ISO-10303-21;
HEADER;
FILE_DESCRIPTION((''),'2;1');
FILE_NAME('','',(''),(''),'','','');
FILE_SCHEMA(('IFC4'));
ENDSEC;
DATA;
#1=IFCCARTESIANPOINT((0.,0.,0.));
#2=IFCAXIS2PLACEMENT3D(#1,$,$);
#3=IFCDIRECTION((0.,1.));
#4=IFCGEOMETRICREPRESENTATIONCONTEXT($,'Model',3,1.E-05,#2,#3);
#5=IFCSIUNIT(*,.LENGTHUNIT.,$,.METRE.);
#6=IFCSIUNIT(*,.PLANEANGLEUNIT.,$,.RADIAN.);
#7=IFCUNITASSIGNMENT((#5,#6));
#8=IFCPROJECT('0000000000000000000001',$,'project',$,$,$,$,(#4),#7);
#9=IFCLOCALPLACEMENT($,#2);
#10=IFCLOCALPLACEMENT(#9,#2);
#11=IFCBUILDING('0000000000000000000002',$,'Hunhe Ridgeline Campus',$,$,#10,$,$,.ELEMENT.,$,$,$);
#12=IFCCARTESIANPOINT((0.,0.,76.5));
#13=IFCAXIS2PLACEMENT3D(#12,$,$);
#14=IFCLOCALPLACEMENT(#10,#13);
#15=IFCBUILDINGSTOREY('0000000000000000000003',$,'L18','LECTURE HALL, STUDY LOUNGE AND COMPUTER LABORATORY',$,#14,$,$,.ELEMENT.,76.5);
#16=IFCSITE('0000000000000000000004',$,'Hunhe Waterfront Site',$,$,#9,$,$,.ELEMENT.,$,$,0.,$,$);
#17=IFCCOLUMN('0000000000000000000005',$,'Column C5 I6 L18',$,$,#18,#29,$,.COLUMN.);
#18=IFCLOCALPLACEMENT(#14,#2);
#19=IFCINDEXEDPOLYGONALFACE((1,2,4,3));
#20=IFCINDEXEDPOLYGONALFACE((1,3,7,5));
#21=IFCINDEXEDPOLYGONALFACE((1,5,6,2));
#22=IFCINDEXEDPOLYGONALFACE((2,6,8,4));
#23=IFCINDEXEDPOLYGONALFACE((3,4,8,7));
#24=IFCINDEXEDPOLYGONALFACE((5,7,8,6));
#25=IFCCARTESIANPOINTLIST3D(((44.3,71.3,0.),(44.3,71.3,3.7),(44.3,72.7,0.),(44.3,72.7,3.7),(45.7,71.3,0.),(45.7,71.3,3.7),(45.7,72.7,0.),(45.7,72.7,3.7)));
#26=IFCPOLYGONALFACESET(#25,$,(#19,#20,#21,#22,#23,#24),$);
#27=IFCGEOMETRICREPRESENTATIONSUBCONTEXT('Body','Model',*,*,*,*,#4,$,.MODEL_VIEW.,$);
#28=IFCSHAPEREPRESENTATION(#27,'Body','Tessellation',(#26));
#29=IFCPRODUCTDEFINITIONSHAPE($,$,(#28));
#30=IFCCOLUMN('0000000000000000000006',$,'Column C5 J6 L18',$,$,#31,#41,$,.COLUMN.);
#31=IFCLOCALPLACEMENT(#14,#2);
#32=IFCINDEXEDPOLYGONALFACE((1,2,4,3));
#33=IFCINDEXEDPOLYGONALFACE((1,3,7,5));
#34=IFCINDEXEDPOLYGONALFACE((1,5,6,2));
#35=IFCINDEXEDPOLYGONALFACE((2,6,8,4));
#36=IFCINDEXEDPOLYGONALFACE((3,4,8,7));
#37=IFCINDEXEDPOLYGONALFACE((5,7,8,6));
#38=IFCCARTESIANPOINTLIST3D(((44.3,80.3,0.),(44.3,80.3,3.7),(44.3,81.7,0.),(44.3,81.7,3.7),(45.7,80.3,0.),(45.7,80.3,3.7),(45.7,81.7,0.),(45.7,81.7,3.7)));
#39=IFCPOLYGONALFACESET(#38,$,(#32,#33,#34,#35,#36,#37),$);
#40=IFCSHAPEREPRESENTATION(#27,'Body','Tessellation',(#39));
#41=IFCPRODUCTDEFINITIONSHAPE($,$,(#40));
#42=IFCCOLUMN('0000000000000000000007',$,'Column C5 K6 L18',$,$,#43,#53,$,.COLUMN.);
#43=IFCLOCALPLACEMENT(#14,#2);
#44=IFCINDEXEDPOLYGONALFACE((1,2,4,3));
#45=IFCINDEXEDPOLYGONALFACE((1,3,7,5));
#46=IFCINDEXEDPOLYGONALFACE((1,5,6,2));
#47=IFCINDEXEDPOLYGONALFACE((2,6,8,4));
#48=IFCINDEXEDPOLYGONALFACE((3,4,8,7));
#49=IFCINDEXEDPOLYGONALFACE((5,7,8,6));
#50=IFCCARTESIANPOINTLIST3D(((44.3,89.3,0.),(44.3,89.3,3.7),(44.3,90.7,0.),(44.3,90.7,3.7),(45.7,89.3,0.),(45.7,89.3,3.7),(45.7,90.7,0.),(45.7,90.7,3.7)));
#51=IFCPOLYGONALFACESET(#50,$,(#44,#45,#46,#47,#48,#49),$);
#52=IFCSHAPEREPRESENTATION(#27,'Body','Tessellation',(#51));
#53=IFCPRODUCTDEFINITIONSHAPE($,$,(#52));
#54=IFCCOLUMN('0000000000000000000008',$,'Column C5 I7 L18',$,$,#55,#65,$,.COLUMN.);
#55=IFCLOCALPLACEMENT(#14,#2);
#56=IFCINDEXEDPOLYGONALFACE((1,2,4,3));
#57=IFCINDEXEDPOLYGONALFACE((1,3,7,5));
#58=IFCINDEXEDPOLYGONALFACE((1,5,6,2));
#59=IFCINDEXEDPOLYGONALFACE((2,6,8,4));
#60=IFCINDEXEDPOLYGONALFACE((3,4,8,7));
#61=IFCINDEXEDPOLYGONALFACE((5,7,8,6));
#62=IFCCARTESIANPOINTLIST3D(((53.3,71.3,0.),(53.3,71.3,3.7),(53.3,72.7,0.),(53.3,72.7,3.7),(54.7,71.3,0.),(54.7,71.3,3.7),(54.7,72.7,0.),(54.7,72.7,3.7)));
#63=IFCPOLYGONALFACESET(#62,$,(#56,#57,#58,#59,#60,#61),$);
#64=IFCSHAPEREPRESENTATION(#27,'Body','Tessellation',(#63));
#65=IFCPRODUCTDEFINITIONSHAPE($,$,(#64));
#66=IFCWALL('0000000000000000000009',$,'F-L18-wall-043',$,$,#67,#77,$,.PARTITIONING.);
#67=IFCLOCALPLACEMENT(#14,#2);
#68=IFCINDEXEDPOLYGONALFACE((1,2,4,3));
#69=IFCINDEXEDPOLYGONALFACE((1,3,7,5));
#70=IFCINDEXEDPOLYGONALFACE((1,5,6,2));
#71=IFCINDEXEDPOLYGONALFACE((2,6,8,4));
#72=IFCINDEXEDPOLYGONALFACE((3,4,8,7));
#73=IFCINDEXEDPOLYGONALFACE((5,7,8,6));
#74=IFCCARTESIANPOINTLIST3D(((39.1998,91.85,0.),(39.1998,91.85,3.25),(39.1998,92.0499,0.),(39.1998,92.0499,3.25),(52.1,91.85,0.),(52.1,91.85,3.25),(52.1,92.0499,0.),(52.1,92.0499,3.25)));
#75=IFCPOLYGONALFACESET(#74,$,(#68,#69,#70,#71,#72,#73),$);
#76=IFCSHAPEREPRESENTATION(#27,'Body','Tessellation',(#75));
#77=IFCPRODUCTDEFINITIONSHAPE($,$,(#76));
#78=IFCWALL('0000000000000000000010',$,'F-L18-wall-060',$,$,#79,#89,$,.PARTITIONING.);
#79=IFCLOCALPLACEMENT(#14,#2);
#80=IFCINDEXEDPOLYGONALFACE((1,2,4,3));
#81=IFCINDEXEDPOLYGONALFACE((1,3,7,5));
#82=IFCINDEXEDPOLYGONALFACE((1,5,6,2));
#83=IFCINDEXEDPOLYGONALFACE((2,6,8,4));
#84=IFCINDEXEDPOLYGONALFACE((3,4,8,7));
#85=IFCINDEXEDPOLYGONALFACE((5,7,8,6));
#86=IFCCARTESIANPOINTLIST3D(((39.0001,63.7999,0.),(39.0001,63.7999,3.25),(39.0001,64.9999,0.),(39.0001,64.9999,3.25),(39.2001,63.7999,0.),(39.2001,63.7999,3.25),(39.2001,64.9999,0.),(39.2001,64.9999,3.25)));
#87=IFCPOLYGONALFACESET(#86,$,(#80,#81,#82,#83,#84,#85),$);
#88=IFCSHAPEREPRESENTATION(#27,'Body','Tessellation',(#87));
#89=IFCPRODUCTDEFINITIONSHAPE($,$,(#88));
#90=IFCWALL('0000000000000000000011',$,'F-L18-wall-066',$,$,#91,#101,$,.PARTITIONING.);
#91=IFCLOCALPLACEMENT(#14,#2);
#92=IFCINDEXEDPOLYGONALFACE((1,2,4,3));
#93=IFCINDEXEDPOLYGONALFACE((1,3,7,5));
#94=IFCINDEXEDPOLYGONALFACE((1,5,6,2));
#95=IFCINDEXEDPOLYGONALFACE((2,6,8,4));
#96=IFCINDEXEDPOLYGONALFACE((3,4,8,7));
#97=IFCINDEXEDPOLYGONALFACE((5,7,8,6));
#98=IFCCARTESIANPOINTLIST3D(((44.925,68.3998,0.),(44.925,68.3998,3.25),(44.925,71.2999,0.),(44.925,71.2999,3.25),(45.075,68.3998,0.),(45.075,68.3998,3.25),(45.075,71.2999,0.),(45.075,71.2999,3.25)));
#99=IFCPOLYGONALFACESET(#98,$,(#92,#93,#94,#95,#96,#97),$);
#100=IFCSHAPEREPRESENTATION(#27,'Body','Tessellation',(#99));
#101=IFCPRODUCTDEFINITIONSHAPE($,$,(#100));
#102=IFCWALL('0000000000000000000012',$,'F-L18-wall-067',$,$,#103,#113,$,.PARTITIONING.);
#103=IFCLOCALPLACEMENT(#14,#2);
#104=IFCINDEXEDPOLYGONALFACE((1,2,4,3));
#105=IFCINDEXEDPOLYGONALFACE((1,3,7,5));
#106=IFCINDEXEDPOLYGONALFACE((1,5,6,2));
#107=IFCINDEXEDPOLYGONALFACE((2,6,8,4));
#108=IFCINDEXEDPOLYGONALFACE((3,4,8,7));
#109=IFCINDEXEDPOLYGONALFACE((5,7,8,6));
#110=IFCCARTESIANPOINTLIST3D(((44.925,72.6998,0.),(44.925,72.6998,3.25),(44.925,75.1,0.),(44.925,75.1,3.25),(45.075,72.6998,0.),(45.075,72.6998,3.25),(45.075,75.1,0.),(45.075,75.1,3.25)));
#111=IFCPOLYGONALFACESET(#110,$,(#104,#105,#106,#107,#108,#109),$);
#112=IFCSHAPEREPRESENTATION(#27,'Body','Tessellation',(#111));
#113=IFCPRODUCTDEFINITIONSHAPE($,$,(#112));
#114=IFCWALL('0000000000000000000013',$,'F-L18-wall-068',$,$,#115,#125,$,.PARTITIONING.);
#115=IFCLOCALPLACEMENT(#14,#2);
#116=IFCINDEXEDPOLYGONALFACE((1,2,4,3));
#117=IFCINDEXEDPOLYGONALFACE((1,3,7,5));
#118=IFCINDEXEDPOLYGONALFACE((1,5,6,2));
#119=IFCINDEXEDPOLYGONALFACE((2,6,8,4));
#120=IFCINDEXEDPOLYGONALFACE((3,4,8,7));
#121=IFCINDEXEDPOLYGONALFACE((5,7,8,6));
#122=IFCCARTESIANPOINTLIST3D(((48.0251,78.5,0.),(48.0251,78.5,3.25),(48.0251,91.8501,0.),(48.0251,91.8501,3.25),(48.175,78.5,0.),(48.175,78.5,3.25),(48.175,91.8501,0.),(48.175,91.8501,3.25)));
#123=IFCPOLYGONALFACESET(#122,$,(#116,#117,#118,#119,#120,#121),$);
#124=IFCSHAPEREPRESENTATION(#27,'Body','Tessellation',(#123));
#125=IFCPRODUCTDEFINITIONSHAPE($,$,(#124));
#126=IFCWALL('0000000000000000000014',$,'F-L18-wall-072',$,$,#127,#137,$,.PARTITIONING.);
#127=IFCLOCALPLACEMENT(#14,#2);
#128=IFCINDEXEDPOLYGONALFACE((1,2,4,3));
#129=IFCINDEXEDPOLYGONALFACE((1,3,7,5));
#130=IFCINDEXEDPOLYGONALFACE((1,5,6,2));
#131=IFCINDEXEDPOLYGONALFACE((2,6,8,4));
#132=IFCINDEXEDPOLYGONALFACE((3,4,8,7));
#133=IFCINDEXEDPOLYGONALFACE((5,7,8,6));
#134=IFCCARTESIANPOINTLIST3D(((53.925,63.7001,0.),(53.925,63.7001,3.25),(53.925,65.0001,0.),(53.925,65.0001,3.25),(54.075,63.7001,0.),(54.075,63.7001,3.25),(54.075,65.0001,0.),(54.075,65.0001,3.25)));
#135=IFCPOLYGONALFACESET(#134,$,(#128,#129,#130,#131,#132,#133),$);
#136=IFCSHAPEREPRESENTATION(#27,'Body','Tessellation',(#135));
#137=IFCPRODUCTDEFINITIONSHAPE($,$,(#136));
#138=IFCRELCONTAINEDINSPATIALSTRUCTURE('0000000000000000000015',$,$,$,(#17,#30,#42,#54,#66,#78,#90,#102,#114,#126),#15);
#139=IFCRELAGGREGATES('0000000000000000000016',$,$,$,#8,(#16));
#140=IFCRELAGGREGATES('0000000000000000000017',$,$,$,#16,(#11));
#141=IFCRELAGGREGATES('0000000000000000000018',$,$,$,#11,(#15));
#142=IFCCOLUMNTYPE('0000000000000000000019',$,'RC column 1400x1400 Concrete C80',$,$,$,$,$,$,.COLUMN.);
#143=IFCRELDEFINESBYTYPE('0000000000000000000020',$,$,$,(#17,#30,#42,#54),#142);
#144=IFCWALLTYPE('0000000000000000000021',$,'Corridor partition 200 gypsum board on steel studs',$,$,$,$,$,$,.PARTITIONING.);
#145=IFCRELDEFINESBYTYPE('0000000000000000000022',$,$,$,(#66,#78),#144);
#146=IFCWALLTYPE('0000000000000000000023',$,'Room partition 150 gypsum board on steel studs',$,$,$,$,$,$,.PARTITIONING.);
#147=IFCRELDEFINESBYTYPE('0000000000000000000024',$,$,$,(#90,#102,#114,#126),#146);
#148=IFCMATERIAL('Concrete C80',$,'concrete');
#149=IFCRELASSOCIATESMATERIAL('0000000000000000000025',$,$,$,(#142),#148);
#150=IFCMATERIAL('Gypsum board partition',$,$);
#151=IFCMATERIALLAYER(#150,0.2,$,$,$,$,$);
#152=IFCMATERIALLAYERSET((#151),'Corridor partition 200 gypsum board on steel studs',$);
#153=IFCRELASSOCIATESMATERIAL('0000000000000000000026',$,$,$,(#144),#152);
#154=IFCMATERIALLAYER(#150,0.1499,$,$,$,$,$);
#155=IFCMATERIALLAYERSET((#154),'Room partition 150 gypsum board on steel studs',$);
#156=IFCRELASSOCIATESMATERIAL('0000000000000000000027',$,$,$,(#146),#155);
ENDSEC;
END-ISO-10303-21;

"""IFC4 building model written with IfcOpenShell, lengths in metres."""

from ifc_helpers import new_model, si_unit, direction, frame, frame_2d, origin, origin_2d, place, context, subcontext, project, spatial, rectangle, extrude, material, layer, layer_set, material_profile, profile_set, type_object, element, save


model = new_model("IFC4")

# Units and contexts
model_context = context("Model", 3, precision=1e-05, world=origin(), true_north=direction((0.0, 1.0)))
body_context = subcontext(model_context, "Body", "Model", "MODEL_VIEW")
ifc_project = project(units=[si_unit("LENGTHUNIT", "METRE"), si_unit("PLANEANGLEUNIT", "RADIAN")], contexts=[model_context])

# Site, building, storey
site_placement = place(None, origin())
site = spatial("IfcSite", under=ifc_project, at=site_placement, Name="Hunhe Waterfront Site", CompositionType="ELEMENT", RefElevation=0.0)
building_placement = place(site_placement, origin())
building = spatial("IfcBuilding", under=site, at=building_placement, Name="Hunhe Ridgeline Campus", CompositionType="ELEMENT")
storey_placement = place(building_placement, frame((0.0, 0.0, 76.5)))
storey = spatial("IfcBuildingStorey", under=building, at=storey_placement, Name="L18", Description="LECTURE HALL, STUDY LOUNGE AND COMPUTER LABORATORY", CompositionType="ELEMENT", Elevation=76.5)

# Columns
ifc_material_1 = material(Name="Concrete C80", Category="concrete")
ifc_material_profile = material_profile(ifc_material_1, rectangle(XDim=1.3999, YDim=1.3999, at=origin_2d()))
ifc_profile_set = profile_set([ifc_material_profile], Name="Concrete C80")
column_type = type_object("IfcColumnType", Name="RC column 1400x1400 Concrete C80", PredefinedType="COLUMN", material=ifc_profile_set)
for number, where, z_axis, x_axis, name in (
    (1, (45.0, 72.0, 0.0), (0.0, 0.0, 1.0), (1.0, 0.0, 0.0), "Column C5 I6 L18"),
    (2, (45.0, 81.0, 0.0), (0.0, 0.0, 1.0), (1.0, 0.0, 0.0), "Column C5 J6 L18"),
    (3, (45.0, 90.0, 0.0), (0.0, 0.0, 1.0), (1.0, 0.0, 0.0), "Column C5 K6 L18"),
    (4, (54.0, 72.0, 0.0), (0.0, 0.0, 1.0), (1.0, 0.0, 0.0), "Column C5 I7 L18"),
):
    element("IfcColumn", number, at=place(storey_placement, frame(where, z_axis=z_axis, x_axis=x_axis)), inside=storey, type_object=column_type, Name=name, PredefinedType="COLUMN", context=body_context, shape_type="SweptSolid", body=[
        extrude(rectangle(XDim=1.3999, YDim=1.3999, at=origin_2d()), origin(), (0.0, 0.0, 1.0), 3.7),
    ])

# Shared definitions
ifc_material_2 = material(Name="Gypsum board partition")
ifc_layer_1 = layer(ifc_material_2, 0.2)
ifc_layer_set_1 = layer_set([ifc_layer_1], Name="Corridor partition 200 gypsum board on steel studs")
wall_type_1 = type_object("IfcWallType", Name="Corridor partition 200 gypsum board on steel studs", PredefinedType="PARTITIONING", material=ifc_layer_set_1)

# Walls
wall_1_placement = place(storey_placement, frame((52.1001, 91.95, 0.0), z_axis=(0.0, 0.0, 1.0), x_axis=(-1.0, 0.0, 0.0)))
element("IfcWall", 5, at=wall_1_placement, inside=storey, type_object=wall_type_1, Name="F-L18-wall-043", PredefinedType="PARTITIONING", context=body_context, shape_type="SweptSolid", body=[
    extrude(rectangle(XDim=12.9001, YDim=0.2, at=frame_2d((6.4502, 0.0))), origin(), (0.0, 0.0, 1.0), 3.25),
])
wall_2_placement = place(storey_placement, frame((39.1001, 65.0, 0.0), z_axis=(0.0, 0.0, 1.0), x_axis=(0.0, -1.0, 0.0)))
element("IfcWall", 6, at=wall_2_placement, inside=storey, type_object=wall_type_1, Name="F-L18-wall-060", PredefinedType="PARTITIONING", context=body_context, shape_type="SweptSolid", body=[
    extrude(rectangle(XDim=1.2, YDim=0.2, at=frame_2d((0.6001, 0.0))), origin(), (0.0, 0.0, 1.0), 3.25),
])

# Walls
ifc_layer_2 = layer(ifc_material_2, 0.1499)
ifc_layer_set_2 = layer_set([ifc_layer_2], Name="Room partition 150 gypsum board on steel studs")
wall_type_2 = type_object("IfcWallType", Name="Room partition 150 gypsum board on steel studs", PredefinedType="PARTITIONING", material=ifc_layer_set_2)
wall_3_placement = place(storey_placement, frame((45.0, 71.3, 0.0), z_axis=(0.0, 0.0, 1.0), x_axis=(0.0, -1.0, 0.0)))
element("IfcWall", 7, at=wall_3_placement, inside=storey, type_object=wall_type_2, Name="F-L18-wall-066", PredefinedType="PARTITIONING", context=body_context, shape_type="SweptSolid", body=[
    extrude(rectangle(XDim=2.9001, YDim=0.1499, at=frame_2d((1.4502, 0.0))), origin(), (0.0, 0.0, 1.0), 3.25),
])
wall_4_placement = place(storey_placement, frame((45.0, 75.1001, 0.0), z_axis=(0.0, 0.0, 1.0), x_axis=(0.0, -1.0, 0.0)))
element("IfcWall", 8, at=wall_4_placement, inside=storey, type_object=wall_type_2, Name="F-L18-wall-067", PredefinedType="PARTITIONING", context=body_context, shape_type="SweptSolid", body=[
    extrude(rectangle(XDim=2.4001, YDim=0.1499, at=frame_2d((1.2002, 0.0))), origin(), (0.0, 0.0, 1.0), 3.25),
])
wall_5_placement = place(storey_placement, frame((48.1001, 91.8501, 0.0), z_axis=(0.0, 0.0, 1.0), x_axis=(0.0, -1.0, 0.0)))
element("IfcWall", 9, at=wall_5_placement, inside=storey, type_object=wall_type_2, Name="F-L18-wall-068", PredefinedType="PARTITIONING", context=body_context, shape_type="SweptSolid", body=[
    extrude(rectangle(XDim=13.3501, YDim=0.1499, at=frame_2d((6.675, 0.0))), origin(), (0.0, 0.0, 1.0), 3.25),
])
wall_6_placement = place(storey_placement, frame((54.0, 65.0, 0.0), z_axis=(0.0, 0.0, 1.0), x_axis=(0.0, -1.0, 0.0)))
element("IfcWall", 10, at=wall_6_placement, inside=storey, type_object=wall_type_2, Name="F-L18-wall-072", PredefinedType="PARTITIONING", context=body_context, shape_type="SweptSolid", body=[
    extrude(rectangle(XDim=1.3, YDim=0.1499, at=frame_2d((0.6499, 0.0))), origin(), (0.0, 0.0, 1.0), 3.25),
])

save(model, "model.ifc")
